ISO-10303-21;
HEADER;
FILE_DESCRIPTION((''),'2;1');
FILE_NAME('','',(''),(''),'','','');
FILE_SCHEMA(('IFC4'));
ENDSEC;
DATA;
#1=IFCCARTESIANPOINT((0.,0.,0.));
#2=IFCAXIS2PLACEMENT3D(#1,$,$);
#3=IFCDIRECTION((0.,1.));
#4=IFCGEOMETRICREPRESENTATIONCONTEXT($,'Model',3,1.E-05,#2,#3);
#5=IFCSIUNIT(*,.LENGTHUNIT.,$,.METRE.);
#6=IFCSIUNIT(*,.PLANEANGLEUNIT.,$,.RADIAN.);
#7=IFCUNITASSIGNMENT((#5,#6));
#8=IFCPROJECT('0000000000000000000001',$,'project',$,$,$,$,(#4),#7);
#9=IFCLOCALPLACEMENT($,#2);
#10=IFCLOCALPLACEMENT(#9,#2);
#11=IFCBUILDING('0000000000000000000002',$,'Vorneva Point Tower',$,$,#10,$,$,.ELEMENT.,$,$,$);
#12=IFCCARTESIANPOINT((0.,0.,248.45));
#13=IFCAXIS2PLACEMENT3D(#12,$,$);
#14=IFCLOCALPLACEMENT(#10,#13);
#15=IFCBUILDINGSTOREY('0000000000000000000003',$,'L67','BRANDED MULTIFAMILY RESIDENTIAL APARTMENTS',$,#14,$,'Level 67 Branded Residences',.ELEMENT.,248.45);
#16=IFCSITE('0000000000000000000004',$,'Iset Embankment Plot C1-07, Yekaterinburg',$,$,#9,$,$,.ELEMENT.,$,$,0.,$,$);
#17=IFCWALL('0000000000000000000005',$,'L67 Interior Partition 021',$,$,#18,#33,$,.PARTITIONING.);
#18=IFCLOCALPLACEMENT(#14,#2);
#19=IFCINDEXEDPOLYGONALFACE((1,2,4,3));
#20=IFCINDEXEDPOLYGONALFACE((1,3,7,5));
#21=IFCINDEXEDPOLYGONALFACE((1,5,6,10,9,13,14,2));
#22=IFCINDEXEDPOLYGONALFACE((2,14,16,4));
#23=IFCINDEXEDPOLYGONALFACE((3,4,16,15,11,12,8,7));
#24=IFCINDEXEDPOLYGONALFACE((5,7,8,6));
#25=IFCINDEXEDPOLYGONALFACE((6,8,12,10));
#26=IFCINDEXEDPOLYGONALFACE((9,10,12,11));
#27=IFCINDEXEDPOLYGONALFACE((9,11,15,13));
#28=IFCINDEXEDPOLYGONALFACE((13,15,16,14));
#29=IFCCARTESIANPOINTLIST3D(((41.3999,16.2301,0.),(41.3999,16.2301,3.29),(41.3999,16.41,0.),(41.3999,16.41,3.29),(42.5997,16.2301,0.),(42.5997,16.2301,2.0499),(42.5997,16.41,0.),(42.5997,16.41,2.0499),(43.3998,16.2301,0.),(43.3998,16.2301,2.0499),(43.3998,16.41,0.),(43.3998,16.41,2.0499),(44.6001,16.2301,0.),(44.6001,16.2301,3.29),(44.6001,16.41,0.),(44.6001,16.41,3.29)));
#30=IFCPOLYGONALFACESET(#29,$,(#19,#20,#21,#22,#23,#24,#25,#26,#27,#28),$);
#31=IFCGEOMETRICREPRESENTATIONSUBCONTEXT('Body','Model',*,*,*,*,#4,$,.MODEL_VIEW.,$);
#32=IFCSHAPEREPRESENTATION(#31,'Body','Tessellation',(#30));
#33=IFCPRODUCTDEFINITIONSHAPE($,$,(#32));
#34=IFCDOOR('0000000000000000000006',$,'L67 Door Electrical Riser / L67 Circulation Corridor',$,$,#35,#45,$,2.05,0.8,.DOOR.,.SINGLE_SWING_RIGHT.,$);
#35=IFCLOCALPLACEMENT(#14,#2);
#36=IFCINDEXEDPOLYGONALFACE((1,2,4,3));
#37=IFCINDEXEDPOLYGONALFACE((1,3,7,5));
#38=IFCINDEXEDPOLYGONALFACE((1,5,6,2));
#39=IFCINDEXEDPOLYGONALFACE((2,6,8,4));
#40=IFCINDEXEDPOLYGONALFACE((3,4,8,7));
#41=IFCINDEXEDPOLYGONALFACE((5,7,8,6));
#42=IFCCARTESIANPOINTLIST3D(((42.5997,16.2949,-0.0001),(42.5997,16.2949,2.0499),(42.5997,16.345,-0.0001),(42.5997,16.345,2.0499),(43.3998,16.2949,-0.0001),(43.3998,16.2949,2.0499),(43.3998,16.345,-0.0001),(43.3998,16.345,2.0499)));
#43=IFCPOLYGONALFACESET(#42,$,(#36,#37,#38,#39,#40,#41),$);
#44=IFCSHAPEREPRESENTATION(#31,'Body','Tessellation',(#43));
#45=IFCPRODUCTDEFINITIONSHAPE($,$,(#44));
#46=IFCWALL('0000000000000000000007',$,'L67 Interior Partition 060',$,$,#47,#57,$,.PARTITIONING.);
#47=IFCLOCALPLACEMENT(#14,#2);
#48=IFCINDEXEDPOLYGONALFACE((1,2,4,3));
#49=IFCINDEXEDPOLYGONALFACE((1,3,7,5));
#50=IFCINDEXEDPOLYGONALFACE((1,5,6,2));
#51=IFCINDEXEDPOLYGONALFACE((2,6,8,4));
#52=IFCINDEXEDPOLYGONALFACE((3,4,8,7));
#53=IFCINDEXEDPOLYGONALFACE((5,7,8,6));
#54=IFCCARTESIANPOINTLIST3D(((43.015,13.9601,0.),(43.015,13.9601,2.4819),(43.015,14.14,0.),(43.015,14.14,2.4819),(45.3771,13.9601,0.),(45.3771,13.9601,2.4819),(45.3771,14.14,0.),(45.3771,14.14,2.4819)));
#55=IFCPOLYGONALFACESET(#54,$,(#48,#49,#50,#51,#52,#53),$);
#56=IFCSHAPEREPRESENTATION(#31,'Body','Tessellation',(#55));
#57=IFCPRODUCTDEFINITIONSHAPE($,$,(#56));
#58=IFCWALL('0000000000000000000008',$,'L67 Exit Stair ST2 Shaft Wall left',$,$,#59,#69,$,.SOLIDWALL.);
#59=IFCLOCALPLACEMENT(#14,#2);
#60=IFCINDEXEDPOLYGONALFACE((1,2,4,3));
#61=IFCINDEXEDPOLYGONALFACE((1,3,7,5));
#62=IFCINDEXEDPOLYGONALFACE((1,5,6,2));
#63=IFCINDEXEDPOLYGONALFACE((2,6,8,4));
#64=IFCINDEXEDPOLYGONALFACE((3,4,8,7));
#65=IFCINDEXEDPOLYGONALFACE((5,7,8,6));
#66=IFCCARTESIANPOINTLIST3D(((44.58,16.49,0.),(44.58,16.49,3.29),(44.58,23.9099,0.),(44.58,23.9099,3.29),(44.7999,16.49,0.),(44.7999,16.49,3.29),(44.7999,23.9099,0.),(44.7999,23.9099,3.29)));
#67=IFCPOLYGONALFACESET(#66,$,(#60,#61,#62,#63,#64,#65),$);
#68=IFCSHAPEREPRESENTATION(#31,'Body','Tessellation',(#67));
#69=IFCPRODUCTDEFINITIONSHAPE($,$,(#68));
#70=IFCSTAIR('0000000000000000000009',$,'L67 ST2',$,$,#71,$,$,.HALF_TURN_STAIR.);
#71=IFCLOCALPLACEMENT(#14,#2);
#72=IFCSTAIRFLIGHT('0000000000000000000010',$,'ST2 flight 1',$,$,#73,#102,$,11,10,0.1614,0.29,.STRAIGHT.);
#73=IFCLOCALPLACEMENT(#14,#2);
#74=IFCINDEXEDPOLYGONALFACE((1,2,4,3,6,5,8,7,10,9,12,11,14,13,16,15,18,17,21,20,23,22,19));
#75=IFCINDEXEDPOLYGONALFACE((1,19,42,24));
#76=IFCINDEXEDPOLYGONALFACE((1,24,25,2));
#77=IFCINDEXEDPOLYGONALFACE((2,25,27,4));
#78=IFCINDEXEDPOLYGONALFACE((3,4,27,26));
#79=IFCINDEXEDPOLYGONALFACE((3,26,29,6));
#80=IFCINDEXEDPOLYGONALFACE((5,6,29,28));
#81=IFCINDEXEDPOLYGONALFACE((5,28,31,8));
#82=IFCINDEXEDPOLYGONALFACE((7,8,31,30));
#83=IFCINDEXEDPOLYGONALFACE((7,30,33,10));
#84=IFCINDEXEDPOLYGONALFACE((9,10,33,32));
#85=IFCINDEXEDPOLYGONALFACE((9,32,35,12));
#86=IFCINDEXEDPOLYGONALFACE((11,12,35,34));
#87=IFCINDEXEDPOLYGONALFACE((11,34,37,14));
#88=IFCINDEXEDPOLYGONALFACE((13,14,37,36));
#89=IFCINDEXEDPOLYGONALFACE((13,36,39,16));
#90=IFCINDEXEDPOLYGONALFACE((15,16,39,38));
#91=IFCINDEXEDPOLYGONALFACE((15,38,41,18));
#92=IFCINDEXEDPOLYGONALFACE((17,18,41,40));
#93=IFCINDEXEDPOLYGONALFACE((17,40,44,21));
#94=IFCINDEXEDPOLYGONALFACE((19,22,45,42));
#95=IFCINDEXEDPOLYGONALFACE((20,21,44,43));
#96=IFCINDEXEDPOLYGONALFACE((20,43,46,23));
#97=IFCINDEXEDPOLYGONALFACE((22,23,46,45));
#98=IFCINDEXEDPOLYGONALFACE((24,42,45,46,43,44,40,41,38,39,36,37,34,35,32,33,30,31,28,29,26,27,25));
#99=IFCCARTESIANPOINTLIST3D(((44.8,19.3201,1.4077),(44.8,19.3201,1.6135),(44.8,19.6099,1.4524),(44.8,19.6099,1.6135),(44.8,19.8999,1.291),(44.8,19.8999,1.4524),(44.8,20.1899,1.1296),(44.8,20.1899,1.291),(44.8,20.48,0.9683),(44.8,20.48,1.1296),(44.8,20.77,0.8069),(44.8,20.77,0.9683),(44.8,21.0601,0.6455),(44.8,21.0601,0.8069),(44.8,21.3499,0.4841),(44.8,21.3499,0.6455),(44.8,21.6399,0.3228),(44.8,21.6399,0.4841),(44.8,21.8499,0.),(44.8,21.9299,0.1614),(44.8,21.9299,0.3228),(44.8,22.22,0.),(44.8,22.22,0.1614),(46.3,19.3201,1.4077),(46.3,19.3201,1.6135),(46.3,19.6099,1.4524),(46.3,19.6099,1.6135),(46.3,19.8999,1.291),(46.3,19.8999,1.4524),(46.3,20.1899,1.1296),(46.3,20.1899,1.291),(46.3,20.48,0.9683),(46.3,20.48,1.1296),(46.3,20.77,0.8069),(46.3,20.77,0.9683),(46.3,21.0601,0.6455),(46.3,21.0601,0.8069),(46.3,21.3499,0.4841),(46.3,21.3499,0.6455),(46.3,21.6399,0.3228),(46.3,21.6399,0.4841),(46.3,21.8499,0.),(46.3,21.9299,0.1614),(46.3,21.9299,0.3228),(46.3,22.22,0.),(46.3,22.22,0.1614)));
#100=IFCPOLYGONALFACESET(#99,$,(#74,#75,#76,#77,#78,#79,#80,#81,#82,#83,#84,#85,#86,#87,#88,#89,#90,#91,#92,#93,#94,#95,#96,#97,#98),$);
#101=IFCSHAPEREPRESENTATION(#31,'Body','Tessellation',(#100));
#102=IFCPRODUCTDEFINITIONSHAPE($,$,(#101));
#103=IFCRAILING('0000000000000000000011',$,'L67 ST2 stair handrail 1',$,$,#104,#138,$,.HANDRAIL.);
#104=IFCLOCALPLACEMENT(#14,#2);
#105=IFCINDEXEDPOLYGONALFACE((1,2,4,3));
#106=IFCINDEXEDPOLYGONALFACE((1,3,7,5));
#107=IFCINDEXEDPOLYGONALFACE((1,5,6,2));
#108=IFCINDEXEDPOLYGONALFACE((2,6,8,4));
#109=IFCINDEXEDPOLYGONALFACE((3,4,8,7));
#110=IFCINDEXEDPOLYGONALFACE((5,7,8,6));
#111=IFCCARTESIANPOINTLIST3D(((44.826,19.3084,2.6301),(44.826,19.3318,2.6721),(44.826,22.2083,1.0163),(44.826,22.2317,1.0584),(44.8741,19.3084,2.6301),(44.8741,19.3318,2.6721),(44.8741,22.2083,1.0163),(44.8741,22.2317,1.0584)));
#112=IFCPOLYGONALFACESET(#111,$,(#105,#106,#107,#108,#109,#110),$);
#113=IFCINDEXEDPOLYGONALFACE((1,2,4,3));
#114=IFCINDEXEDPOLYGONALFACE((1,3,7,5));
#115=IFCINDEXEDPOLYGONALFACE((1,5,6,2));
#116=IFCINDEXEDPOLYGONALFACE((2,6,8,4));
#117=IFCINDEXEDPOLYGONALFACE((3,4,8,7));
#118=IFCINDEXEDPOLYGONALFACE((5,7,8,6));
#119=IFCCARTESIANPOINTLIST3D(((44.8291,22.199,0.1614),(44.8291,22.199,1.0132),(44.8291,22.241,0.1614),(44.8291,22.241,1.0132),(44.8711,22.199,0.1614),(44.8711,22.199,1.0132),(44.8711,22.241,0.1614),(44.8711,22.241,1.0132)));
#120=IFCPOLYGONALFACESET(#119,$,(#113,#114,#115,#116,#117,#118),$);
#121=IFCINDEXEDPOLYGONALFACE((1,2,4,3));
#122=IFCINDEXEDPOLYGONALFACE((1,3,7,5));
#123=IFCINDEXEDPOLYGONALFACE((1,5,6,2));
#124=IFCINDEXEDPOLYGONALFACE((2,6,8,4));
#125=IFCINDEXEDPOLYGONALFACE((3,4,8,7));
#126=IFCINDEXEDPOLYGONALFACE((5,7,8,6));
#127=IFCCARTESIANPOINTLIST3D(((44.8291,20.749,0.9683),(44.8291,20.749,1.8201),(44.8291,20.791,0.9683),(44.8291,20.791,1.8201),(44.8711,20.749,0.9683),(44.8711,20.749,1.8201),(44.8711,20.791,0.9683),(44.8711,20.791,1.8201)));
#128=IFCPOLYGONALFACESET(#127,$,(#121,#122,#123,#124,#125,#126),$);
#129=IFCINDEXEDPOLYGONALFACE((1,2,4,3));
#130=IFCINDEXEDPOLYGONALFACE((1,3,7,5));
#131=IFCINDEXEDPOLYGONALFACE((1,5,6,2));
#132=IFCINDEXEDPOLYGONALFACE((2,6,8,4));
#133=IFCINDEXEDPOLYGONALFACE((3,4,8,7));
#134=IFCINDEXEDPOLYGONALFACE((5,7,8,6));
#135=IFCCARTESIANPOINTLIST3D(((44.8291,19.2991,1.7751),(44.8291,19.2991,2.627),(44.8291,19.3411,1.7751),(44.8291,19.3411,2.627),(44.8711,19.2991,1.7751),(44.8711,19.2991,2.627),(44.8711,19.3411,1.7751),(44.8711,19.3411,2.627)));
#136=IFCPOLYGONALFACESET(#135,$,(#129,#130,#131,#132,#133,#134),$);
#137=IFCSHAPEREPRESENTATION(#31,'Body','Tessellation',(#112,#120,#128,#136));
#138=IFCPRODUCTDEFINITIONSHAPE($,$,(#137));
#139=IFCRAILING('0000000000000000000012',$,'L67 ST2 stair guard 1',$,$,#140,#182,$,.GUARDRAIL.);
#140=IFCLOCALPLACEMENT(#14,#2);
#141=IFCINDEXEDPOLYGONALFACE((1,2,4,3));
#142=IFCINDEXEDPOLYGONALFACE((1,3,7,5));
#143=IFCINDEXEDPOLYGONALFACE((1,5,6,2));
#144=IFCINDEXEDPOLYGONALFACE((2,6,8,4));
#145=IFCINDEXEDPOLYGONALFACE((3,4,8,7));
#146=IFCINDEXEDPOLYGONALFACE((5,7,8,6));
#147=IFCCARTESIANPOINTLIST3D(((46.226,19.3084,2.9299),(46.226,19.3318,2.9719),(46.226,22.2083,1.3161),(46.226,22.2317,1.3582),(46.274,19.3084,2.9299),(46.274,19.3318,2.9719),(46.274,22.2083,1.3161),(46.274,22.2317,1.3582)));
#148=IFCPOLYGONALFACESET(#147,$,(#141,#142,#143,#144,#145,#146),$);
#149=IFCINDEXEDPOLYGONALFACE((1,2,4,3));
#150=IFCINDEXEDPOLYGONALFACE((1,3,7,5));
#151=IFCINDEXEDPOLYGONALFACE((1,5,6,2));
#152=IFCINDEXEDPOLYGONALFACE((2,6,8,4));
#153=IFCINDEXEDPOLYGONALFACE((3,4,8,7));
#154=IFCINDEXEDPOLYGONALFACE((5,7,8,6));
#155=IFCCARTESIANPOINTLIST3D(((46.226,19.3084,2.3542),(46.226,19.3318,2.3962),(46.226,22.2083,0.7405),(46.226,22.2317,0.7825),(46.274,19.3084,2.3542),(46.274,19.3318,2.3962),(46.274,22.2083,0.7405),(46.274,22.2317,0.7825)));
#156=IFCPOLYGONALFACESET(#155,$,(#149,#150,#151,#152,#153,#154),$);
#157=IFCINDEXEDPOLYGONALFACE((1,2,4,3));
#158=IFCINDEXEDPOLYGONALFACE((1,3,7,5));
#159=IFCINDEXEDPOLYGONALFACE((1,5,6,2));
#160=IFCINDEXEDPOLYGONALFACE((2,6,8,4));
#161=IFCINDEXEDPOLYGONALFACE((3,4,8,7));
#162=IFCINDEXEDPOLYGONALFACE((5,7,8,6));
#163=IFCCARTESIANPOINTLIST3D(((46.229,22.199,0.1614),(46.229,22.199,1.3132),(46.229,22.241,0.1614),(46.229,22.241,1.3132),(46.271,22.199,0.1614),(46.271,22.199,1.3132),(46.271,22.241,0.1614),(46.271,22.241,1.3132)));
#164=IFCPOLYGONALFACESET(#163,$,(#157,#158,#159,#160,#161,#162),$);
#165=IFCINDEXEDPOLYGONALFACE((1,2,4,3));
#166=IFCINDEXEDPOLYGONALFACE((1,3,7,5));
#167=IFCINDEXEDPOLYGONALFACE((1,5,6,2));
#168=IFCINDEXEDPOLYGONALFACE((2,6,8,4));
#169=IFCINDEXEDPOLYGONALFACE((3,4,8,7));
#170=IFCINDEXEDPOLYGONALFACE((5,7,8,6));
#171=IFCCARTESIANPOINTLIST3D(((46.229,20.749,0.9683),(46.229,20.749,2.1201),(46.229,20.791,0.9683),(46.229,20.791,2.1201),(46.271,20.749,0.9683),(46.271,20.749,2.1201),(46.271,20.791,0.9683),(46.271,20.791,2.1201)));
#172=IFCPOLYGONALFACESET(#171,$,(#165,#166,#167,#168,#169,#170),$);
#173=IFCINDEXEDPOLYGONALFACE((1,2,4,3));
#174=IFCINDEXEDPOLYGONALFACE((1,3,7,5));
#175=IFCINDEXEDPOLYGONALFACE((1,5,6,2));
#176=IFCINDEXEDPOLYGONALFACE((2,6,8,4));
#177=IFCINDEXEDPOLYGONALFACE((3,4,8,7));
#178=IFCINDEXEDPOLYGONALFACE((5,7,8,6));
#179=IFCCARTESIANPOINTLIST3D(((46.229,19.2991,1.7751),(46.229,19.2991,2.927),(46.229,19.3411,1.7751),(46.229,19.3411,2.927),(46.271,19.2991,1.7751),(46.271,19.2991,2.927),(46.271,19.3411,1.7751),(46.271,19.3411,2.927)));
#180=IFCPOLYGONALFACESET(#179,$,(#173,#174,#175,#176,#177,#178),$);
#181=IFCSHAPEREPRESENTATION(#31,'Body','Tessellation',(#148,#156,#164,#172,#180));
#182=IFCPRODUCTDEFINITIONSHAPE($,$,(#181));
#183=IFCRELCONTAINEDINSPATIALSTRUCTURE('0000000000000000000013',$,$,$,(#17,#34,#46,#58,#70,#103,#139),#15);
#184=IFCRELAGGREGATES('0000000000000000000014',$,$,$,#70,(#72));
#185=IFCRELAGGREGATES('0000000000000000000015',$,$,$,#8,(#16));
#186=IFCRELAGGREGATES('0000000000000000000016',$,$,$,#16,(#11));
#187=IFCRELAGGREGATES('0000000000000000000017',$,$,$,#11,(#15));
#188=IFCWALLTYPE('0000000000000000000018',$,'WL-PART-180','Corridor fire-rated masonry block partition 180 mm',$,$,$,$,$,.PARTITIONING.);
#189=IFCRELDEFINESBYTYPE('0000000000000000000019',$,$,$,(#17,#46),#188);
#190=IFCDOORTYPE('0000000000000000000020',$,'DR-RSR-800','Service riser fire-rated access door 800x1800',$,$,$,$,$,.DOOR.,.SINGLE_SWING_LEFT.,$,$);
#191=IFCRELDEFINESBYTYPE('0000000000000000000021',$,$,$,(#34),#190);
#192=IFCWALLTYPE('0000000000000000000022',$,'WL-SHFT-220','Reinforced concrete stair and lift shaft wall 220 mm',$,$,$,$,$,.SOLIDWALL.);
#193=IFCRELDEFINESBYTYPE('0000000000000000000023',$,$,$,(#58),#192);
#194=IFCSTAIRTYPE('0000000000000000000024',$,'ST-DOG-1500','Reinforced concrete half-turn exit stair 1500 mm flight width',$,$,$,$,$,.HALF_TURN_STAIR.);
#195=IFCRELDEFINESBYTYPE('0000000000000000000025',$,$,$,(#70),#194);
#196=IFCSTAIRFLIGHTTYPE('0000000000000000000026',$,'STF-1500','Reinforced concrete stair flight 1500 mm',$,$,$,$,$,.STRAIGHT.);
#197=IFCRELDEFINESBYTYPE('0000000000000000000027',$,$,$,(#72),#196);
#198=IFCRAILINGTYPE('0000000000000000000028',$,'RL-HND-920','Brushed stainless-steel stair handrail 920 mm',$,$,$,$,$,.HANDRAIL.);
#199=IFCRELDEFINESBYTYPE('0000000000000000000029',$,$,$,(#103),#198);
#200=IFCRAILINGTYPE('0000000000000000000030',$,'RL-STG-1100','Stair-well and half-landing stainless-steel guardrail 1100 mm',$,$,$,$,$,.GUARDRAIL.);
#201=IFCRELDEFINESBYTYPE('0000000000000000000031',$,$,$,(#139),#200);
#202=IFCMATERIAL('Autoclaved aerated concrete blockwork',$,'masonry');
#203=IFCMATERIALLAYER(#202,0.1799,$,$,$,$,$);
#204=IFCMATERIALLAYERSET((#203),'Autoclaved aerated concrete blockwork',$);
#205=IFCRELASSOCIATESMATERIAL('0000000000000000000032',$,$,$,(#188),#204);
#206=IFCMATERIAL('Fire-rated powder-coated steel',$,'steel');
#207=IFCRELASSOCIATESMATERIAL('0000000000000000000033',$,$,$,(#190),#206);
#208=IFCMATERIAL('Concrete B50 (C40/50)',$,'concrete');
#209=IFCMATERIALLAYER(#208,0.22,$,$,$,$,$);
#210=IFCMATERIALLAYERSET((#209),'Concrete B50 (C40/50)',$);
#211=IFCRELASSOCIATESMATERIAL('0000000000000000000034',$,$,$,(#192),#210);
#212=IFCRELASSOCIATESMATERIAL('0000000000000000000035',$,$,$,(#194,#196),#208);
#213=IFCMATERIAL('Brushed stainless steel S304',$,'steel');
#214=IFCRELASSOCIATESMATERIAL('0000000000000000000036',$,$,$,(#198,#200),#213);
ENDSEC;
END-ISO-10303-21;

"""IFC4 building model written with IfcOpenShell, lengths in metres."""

from ifc_helpers import new_model, si_unit, direction, frame, frame_2d, origin, origin_2d, place, context, subcontext, project, spatial, polyline, rectangle, outline, extrude, material, layer, layer_set, type_object, element, fill, aggregate, save


model = new_model("IFC4")

# Units and contexts
model_context = context("Model", 3, precision=1e-05, world=origin(), true_north=direction((0.0, 1.0)))
body_context = subcontext(model_context, "Body", "Model", "MODEL_VIEW")
ifc_project = project(units=[si_unit("LENGTHUNIT", "METRE"), si_unit("PLANEANGLEUNIT", "RADIAN")], contexts=[model_context])

# Site, building, storey
site_placement = place(None, origin())
site = spatial("IfcSite", under=ifc_project, at=site_placement, Name="Iset Embankment Plot C1-07, Yekaterinburg", CompositionType="ELEMENT", RefElevation=0.0)
building_placement = place(site_placement, origin())
building = spatial("IfcBuilding", under=site, at=building_placement, Name="Vorneva Point Tower", CompositionType="ELEMENT")
storey_placement = place(building_placement, frame((0.0, 0.0, 248.45)))
storey = spatial("IfcBuildingStorey", under=building, at=storey_placement, Name="L67", Description="BRANDED MULTIFAMILY RESIDENTIAL APARTMENTS", LongName="Level 67 Branded Residences", CompositionType="ELEMENT", Elevation=248.45)

# Shared definitions
ifc_material_1 = material(Name="Concrete B50 (C40/50)", Category="concrete")

# Shared definitions
ifc_material_2 = material(Name="Autoclaved aerated concrete blockwork", Category="masonry")
ifc_layer_1 = layer(ifc_material_2, 0.1799)
ifc_layer_set_1 = layer_set([ifc_layer_1], Name="Autoclaved aerated concrete blockwork")
wall_type_1 = type_object("IfcWallType", Name="WL-PART-180", Description="Corridor fire-rated masonry block partition 180 mm", PredefinedType="PARTITIONING", material=ifc_layer_set_1)

# Wall, opening, door
ifc_material_3 = material(Name="Fire-rated powder-coated steel", Category="steel")
door_type_1 = type_object("IfcDoorType", Name="DR-RSR-800", Description="Service riser fire-rated access door 800x1800", OperationType="SINGLE_SWING_LEFT", PredefinedType="DOOR", material=ifc_material_3)
wall_1_placement = place(storey_placement, frame((41.3999, 16.3201, 0.0), z_axis=(0.0, 0.0, 1.0), x_axis=(1.0, 0.0, 0.0)))
wall_1 = element("IfcWall", 1, at=wall_1_placement, inside=storey, type_object=wall_type_1, Name="L67 Interior Partition 021", PredefinedType="PARTITIONING", context=body_context, shape_type="SweptSolid", body=[
    extrude(rectangle(XDim=3.2002, YDim=0.1799, at=frame_2d((1.6001, 0.0))), origin(), (0.0, 0.0, 1.0), 3.29),
])
opening_1_placement = place(wall_1_placement, frame((1.2, 0.0, 0.0)))
opening_1 = element("IfcOpeningElement", 2, at=opening_1_placement, cuts=wall_1, PredefinedType="OPENING", context=body_context, shape_type="SweptSolid", body=[
    extrude(rectangle(XDim=0.8, YDim=2.05, at=frame_2d((0.3999, 1.0249))), frame((0.0, 0.105, 0.0), z_axis=(0.0, -1.0, 0.0), x_axis=(1.0, 0.0, 0.0)), (0.0, 0.0, 1.0), 0.2097),
])
door_1_placement = place(opening_1_placement, origin())
door_1 = element("IfcDoor", 3, at=door_1_placement, inside=storey, type_object=door_type_1, Name="L67 Door Electrical Riser / L67 Circulation Corridor", OperationType="SINGLE_SWING_RIGHT", OverallHeight=2.05, OverallWidth=0.8, PredefinedType="DOOR", context=body_context, shape_type="SweptSolid", body=[
    extrude(rectangle(XDim=0.8, YDim=2.05, at=frame_2d((0.3999, 1.0249))), frame((0.0, 0.0249, 0.0), z_axis=(0.0, -1.0, 0.0), x_axis=(1.0, 0.0, 0.0)), (0.0, 0.0, 1.0), 0.05),
])
fill(opening_1, door_1)

# Wall
wall_2_placement = place(storey_placement, frame((43.0149, 14.05, 0.0), z_axis=(0.0, 0.0, 1.0), x_axis=(1.0, 0.0, 0.0)))
element("IfcWall", 4, at=wall_2_placement, inside=storey, type_object=wall_type_1, Name="L67 Interior Partition 060", PredefinedType="PARTITIONING", context=body_context, shape_type="SweptSolid", body=[
    extrude(rectangle(XDim=2.3621, YDim=0.1799, at=frame_2d((1.1812, 0.0))), origin(), (0.0, 0.0, 1.0), 2.4819),
])

# Shared definitions
ifc_layer_2 = layer(ifc_material_1, 0.22)
ifc_layer_set_2 = layer_set([ifc_layer_2], Name="Concrete B50 (C40/50)")
wall_type_2 = type_object("IfcWallType", Name="WL-SHFT-220", Description="Reinforced concrete stair and lift shaft wall 220 mm", PredefinedType="SOLIDWALL", material=ifc_layer_set_2)

# Wall
wall_3_placement = place(storey_placement, frame((44.6899, 16.49, 0.0), z_axis=(0.0, 0.0, 1.0), x_axis=(0.0, 1.0, 0.0)))
element("IfcWall", 5, at=wall_3_placement, inside=storey, type_object=wall_type_2, Name="L67 Exit Stair ST2 Shaft Wall left", PredefinedType="SOLIDWALL", context=body_context, shape_type="SweptSolid", body=[
    extrude(rectangle(XDim=7.4199, YDim=0.22, at=frame_2d((3.71, 0.0))), origin(), (0.0, 0.0, 1.0), 3.29),
])

# Stair, stair flight
stair_type = type_object("IfcStairType", Name="ST-DOG-1500", Description="Reinforced concrete half-turn exit stair 1500 mm flight width", PredefinedType="HALF_TURN_STAIR", material=ifc_material_1)
stair_placement = place(storey_placement, origin())
stair = element("IfcStair", 6, at=stair_placement, inside=storey, type_object=stair_type, Name="L67 ST2", PredefinedType="HALF_TURN_STAIR")
stair_flight_type = type_object("IfcStairFlightType", Name="STF-1500", Description="Reinforced concrete stair flight 1500 mm", PredefinedType="STRAIGHT", material=ifc_material_1)
stair_flight_placement = place(storey_placement, frame((45.55, 22.22, 0.0), z_axis=(0.0, 0.0, 1.0), x_axis=(0.0, -1.0, 0.0)))
stair_flight = element("IfcStairFlight", 7, at=stair_flight_placement, type_object=stair_flight_type, Name="ST2 flight 1", NumberOfRisers=11, NumberOfTreads=10, PredefinedType="STRAIGHT", RiserHeight=0.1614, TreadLength=0.29, context=body_context, shape_type="SweptSolid", body=[
    extrude(outline(polyline([(0.0, 0.0), (0.0, 0.1614), (0.29, 0.1614), (0.29, 0.3228), (0.5801, 0.3228), (0.5801, 0.4841), (0.8701, 0.4841), (0.8701, 0.6455), (1.1599, 0.6455), (1.1599, 0.8069), (1.45, 0.8069), (1.45, 0.9683), (1.74, 0.9683), (1.74, 1.1296), (2.03, 1.1296), (2.03, 1.291), (2.3201, 1.291), (2.3201, 1.4524), (2.6101, 1.4524), (2.6101, 1.6135), (2.8999, 1.6135), (2.8999, 1.7749), (2.8999, 1.4077), (0.3701, 0.0), (0.0, 0.0)])), frame((0.0, 0.75, 0.0), z_axis=(0.0, -1.0, 0.0), x_axis=(1.0, 0.0, 0.0)), (0.0, 0.0, 1.0), 1.5),
])
aggregate(stair, [stair_flight])

# Railings
ifc_material_4 = material(Name="Brushed stainless steel S304", Category="steel")
railing_type_1 = type_object("IfcRailingType", Name="RL-HND-920", Description="Brushed stainless-steel stair handrail 920 mm", PredefinedType="HANDRAIL", material=ifc_material_4)
railing_1_placement = place(storey_placement, frame((44.8501, 22.22, 0.1614)))
element("IfcRailing", 8, at=railing_1_placement, inside=storey, type_object=railing_type_1, Name="L67 ST2 stair handrail 1", PredefinedType="HANDRAIL", context=body_context, shape_type="SweptSolid", body=[
    extrude(rectangle(XDim=0.0481, YDim=0.0481, at=origin_2d()), frame((0.0, 0.0, 0.876), z_axis=(0.0, -0.87381, 0.486267), x_axis=(1.0, 0.0, 0.0)), (0.0, 0.0, 1.0), 3.3186),
    extrude(rectangle(XDim=0.042, YDim=0.042, at=origin_2d()), origin(), (0.0, 0.0, 1.0), 0.8518),
    extrude(rectangle(XDim=0.042, YDim=0.042, at=origin_2d()), frame((0.0, -1.45, 0.8069)), (0.0, 0.0, 1.0), 0.8518),
    extrude(rectangle(XDim=0.042, YDim=0.042, at=origin_2d()), frame((0.0, -2.8999, 1.6138)), (0.0, 0.0, 1.0), 0.8518),
])
railing_type_2 = type_object("IfcRailingType", Name="RL-STG-1100", Description="Stair-well and half-landing stainless-steel guardrail 1100 mm", PredefinedType="GUARDRAIL", material=ifc_material_4)
railing_2_placement = place(storey_placement, frame((46.25, 22.22, 0.1614)))
element("IfcRailing", 9, at=railing_2_placement, inside=storey, type_object=railing_type_2, Name="L67 ST2 stair guard 1", PredefinedType="GUARDRAIL", context=body_context, shape_type="SweptSolid", body=[
    extrude(rectangle(XDim=0.0481, YDim=0.0481, at=origin_2d()), frame((0.0, 0.0, 1.1758), z_axis=(0.0, -0.87381, 0.486267), x_axis=(1.0, 0.0, 0.0)), (0.0, 0.0, 1.0), 3.3186),
    extrude(rectangle(XDim=0.0481, YDim=0.0481, at=origin_2d()), frame((0.0, 0.0, 0.6001), z_axis=(0.0, -0.87381, 0.486267), x_axis=(1.0, 0.0, 0.0)), (0.0, 0.0, 1.0), 3.3186),
    extrude(rectangle(XDim=0.042, YDim=0.042, at=origin_2d()), origin(), (0.0, 0.0, 1.0), 1.1519),
    extrude(rectangle(XDim=0.042, YDim=0.042, at=origin_2d()), frame((0.0, -1.45, 0.8069)), (0.0, 0.0, 1.0), 1.1519),
    extrude(rectangle(XDim=0.042, YDim=0.042, at=origin_2d()), frame((0.0, -2.8999, 1.6138)), (0.0, 0.0, 1.0), 1.1519),
])

save(model, "model.ifc")
